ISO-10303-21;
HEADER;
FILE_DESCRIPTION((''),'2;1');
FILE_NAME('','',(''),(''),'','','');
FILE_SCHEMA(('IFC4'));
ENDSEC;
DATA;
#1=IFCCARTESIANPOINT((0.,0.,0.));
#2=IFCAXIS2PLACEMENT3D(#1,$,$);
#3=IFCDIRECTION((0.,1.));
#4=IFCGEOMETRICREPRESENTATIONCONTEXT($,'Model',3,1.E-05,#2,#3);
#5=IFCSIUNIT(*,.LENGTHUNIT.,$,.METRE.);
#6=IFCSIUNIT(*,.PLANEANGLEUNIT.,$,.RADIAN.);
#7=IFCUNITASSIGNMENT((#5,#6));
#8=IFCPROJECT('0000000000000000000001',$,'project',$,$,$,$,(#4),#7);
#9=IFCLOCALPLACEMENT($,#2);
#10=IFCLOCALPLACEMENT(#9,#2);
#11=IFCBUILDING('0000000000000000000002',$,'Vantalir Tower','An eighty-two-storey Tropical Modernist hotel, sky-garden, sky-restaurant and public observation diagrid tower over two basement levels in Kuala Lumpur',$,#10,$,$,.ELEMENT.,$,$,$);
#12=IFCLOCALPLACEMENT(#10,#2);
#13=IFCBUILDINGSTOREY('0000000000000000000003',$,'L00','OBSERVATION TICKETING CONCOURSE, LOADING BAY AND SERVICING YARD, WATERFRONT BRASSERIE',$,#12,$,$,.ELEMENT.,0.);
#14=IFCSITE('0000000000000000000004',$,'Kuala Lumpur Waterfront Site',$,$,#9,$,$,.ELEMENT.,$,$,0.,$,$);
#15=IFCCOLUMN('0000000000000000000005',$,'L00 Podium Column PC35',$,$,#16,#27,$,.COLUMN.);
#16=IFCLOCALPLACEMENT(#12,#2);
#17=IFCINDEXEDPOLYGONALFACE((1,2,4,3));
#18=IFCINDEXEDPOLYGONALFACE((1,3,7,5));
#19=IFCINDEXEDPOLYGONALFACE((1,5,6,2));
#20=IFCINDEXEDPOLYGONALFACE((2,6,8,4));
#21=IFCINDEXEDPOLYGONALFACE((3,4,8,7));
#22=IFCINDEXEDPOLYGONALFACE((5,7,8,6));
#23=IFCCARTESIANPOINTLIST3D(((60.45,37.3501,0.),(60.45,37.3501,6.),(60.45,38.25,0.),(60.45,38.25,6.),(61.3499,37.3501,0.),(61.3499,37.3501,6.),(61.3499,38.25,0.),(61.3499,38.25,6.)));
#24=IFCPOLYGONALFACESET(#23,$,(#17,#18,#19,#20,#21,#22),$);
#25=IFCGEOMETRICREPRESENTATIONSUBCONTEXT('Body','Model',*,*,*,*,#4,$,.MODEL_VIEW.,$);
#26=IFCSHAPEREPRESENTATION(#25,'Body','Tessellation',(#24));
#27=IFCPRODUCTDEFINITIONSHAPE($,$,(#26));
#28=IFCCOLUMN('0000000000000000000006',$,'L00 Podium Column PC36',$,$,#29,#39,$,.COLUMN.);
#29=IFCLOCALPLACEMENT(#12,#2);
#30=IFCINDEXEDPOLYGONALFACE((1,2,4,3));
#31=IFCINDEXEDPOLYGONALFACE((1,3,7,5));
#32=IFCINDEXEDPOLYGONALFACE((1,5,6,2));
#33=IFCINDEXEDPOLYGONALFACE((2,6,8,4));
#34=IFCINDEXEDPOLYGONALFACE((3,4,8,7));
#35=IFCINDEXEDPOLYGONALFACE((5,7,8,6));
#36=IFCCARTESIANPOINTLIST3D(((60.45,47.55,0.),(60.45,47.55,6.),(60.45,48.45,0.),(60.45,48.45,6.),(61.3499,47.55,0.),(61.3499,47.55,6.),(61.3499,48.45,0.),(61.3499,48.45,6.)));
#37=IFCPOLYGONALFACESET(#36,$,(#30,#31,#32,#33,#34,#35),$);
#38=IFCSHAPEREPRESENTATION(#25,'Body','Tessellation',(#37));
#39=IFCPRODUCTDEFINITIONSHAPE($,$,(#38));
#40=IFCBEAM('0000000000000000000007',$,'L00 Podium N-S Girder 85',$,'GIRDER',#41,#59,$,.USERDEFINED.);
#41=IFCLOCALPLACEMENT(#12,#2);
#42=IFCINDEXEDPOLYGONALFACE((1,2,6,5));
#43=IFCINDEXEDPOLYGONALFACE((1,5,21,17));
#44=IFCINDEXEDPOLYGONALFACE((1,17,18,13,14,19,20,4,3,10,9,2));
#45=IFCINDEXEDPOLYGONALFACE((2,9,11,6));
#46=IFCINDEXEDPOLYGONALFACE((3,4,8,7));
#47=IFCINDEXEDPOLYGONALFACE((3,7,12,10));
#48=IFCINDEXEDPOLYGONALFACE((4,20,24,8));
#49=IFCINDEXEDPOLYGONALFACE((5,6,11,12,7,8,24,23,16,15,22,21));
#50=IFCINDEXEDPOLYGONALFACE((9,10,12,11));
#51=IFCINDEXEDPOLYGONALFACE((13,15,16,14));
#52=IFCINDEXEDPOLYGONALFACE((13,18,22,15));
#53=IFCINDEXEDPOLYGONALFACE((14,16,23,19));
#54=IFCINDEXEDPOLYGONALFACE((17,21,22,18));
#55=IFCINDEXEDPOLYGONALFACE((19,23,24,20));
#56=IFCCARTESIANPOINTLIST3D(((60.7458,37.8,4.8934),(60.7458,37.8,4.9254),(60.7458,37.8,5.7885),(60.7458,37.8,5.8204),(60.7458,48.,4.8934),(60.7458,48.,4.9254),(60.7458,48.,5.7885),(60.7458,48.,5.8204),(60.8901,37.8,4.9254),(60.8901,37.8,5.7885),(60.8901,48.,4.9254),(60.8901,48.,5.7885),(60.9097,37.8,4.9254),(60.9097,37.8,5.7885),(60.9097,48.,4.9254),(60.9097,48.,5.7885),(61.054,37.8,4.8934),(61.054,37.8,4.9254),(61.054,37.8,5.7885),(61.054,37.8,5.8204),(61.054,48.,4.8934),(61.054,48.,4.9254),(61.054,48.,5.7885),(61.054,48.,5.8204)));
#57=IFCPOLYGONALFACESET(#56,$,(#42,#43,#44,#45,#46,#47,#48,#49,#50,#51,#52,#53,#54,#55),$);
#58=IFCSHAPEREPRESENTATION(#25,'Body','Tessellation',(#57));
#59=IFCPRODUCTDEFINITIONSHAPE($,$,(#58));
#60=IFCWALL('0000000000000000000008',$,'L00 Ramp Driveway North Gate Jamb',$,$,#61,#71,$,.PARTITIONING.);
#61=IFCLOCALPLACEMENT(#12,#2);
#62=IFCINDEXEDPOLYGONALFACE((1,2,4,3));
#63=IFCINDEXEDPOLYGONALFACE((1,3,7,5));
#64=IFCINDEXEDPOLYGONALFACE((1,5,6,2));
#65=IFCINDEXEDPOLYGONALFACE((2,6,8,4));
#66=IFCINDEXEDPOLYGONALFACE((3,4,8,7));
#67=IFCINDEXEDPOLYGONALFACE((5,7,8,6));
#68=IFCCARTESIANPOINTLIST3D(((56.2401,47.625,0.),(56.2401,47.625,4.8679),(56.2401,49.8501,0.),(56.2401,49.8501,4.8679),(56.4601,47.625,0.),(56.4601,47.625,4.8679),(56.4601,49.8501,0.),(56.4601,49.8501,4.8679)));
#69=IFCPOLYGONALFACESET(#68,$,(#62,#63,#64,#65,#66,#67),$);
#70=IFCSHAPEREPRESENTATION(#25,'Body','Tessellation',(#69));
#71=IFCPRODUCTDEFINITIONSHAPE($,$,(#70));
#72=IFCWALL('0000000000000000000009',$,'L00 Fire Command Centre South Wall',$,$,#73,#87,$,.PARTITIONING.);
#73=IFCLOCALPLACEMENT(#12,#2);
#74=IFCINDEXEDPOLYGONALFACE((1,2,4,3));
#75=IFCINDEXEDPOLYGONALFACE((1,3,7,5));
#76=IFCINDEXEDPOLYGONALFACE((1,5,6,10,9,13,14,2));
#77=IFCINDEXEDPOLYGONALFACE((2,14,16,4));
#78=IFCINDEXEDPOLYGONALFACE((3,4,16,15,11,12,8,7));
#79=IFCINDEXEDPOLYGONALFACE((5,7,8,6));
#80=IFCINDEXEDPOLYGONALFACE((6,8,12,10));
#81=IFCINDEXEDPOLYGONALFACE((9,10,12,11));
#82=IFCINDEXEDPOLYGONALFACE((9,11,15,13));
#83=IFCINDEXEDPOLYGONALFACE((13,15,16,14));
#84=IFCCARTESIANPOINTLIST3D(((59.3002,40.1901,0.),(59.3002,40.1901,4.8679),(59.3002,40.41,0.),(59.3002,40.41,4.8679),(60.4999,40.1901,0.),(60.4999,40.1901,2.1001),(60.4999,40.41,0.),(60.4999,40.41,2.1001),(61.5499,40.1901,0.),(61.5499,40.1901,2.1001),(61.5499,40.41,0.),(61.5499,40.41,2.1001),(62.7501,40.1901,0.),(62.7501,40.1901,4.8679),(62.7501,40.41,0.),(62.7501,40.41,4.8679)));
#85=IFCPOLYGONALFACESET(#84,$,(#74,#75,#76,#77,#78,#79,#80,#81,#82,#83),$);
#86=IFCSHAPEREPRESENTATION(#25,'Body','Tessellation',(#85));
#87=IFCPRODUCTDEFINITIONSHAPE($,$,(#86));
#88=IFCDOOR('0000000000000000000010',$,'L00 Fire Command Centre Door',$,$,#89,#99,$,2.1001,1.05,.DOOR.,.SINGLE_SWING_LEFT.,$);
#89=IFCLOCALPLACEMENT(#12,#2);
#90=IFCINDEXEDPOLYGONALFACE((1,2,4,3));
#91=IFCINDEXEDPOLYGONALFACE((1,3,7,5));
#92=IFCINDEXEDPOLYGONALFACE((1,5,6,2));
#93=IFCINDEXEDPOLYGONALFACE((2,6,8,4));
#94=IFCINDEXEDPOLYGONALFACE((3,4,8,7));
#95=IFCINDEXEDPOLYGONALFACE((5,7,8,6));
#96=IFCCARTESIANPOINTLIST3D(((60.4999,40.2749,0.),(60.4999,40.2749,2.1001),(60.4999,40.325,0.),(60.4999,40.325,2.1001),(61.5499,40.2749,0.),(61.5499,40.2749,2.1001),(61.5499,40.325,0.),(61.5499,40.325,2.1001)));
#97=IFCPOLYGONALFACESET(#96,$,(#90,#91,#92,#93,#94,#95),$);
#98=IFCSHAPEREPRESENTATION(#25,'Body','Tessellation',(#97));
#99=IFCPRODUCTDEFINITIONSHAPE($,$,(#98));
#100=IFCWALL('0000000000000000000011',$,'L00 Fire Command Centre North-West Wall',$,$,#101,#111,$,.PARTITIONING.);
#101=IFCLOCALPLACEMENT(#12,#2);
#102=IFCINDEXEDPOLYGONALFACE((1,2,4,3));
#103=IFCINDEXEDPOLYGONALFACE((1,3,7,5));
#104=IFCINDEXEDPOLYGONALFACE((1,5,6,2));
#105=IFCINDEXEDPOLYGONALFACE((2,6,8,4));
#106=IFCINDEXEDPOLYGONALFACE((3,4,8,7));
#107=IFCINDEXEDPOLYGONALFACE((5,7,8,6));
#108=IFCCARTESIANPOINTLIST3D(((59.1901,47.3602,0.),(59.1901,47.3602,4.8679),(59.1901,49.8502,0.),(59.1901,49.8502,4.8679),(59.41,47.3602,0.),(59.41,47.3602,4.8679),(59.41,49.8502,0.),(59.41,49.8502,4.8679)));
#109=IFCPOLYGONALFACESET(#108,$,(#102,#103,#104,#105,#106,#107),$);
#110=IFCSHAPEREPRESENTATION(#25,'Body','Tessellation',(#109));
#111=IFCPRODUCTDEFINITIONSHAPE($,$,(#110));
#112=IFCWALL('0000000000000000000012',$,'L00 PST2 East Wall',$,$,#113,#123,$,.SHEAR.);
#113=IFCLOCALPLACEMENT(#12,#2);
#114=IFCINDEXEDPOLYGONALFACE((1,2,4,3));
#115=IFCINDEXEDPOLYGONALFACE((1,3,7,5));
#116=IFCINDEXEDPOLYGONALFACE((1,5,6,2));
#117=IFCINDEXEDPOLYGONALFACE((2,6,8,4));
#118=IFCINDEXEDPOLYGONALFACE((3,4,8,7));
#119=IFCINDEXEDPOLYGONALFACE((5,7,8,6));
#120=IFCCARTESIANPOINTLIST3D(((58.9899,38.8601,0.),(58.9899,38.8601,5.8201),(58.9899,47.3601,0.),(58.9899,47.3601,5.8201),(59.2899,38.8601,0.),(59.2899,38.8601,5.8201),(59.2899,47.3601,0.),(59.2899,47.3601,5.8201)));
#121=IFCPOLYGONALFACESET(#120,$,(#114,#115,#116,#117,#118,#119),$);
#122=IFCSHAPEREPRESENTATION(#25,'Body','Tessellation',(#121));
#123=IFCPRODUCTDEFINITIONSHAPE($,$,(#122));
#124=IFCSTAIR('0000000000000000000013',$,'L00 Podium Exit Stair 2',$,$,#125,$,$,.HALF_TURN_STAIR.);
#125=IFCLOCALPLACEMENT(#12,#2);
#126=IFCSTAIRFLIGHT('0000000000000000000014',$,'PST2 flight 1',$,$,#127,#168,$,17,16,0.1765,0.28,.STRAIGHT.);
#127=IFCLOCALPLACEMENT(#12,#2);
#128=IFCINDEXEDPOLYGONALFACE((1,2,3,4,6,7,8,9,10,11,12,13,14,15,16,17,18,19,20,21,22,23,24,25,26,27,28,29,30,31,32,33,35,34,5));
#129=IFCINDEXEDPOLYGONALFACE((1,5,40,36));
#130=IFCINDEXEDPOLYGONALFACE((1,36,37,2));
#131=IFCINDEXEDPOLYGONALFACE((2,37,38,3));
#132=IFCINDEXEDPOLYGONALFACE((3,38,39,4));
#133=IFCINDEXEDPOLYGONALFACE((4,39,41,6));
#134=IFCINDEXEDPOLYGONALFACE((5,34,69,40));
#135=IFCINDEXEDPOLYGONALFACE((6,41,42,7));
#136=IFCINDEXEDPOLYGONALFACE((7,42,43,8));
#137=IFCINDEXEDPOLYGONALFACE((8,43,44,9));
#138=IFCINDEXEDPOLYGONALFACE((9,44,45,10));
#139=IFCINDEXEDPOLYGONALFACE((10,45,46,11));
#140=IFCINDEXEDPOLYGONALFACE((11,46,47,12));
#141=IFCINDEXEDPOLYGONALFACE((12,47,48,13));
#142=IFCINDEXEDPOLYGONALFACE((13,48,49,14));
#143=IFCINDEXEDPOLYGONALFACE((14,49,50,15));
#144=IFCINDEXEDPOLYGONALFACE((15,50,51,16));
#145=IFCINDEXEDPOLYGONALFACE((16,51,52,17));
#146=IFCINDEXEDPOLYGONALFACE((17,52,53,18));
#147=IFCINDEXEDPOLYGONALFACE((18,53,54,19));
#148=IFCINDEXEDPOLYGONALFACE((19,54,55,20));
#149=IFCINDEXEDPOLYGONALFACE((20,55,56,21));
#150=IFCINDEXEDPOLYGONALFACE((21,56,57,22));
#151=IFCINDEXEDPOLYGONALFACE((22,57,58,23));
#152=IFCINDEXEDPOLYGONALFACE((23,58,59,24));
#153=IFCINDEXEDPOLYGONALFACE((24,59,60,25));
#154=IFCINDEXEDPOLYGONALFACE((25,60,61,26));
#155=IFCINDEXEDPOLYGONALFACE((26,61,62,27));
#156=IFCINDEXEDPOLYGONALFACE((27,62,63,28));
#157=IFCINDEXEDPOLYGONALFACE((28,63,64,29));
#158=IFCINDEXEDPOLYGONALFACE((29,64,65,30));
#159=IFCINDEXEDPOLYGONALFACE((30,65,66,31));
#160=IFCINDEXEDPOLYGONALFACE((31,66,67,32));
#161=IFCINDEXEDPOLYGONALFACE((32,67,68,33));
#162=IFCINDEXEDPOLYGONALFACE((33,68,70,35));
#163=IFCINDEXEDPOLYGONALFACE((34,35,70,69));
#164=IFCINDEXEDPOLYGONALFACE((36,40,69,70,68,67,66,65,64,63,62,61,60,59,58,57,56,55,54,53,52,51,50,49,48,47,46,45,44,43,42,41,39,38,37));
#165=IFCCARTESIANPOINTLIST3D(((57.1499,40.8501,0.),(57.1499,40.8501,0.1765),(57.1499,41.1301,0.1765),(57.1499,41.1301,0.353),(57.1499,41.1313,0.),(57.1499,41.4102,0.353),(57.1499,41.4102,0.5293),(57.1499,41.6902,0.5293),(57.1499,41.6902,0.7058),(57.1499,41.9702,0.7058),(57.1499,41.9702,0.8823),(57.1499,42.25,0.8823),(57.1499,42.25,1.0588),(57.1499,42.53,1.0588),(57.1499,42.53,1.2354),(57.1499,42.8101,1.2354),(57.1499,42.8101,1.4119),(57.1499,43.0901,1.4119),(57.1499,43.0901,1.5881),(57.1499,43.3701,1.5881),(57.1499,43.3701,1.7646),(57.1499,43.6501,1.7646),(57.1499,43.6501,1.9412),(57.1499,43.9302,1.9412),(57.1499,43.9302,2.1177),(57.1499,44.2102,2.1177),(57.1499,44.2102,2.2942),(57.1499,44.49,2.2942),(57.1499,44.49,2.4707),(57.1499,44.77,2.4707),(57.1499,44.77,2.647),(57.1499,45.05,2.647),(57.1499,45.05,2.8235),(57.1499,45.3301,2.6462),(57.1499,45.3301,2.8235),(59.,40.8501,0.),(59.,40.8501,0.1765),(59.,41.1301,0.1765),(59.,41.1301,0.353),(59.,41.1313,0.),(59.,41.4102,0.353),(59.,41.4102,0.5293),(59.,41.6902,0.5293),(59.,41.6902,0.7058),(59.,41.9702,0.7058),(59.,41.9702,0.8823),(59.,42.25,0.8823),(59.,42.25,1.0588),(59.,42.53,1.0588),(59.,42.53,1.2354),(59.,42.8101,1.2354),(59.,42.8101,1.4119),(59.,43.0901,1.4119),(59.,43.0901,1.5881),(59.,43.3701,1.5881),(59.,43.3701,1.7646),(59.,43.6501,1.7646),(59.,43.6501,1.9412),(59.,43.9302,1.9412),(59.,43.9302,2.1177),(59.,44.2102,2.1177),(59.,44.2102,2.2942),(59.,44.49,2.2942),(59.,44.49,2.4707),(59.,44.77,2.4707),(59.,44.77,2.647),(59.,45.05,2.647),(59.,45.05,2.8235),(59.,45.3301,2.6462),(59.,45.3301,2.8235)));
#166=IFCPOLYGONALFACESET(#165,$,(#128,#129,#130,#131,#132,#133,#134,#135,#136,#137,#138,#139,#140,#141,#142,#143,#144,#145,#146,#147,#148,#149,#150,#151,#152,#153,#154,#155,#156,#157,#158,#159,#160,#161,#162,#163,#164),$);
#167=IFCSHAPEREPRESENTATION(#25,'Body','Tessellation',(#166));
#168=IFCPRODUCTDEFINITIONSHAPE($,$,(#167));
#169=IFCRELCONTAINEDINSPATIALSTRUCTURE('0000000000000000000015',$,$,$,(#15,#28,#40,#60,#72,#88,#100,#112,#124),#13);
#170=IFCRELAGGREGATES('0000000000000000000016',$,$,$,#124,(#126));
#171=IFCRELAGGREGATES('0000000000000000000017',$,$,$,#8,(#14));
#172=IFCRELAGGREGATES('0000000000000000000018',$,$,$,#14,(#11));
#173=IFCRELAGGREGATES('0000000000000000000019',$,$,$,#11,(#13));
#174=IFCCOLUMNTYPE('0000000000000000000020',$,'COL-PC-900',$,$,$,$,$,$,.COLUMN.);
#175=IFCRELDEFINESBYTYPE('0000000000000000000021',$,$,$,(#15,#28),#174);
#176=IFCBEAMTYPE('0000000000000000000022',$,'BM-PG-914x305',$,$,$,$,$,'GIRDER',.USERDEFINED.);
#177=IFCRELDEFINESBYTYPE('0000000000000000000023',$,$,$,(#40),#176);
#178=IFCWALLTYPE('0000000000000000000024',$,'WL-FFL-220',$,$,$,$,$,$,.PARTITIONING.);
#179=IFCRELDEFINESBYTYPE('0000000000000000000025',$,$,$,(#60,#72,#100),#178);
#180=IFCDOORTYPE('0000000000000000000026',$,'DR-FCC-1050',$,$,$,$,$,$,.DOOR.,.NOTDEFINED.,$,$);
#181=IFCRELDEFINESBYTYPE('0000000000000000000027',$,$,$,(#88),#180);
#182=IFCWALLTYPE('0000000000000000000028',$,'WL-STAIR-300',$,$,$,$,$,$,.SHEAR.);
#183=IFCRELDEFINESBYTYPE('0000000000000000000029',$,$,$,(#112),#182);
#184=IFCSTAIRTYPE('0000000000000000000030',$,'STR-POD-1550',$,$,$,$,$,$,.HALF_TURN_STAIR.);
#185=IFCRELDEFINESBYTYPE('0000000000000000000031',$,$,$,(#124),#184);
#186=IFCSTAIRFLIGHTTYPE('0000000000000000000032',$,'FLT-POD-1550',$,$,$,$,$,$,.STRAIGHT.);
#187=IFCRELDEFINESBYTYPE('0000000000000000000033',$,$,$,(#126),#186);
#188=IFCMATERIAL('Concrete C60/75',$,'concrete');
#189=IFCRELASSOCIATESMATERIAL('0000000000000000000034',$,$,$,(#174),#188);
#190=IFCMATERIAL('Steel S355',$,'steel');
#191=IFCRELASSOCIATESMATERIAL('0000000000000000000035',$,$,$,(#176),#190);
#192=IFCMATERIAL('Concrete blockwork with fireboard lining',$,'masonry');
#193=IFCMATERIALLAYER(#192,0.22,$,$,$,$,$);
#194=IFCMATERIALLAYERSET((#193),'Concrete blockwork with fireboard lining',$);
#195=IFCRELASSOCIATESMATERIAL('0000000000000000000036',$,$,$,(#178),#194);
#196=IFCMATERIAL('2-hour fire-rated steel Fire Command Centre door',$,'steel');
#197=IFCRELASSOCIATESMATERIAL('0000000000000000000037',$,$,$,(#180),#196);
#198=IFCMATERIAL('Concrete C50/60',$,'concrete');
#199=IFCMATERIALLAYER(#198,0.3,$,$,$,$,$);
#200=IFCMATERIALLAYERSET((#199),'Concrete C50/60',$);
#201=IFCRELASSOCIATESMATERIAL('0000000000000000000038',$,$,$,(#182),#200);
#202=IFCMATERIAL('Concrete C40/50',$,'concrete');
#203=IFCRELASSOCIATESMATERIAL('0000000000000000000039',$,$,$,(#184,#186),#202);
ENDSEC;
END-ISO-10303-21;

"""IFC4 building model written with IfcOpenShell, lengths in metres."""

from ifc_helpers import new_model, si_unit, direction, frame, frame_2d, origin, origin_2d, place, context, subcontext, project, spatial, polyline, rectangle, i_section, outline, extrude, material, layer, layer_set, material_profile, profile_set, type_object, element, fill, aggregate, save


model = new_model("IFC4")

# Units and contexts
model_context = context("Model", 3, precision=1e-05, world=origin(), true_north=direction((0.0, 1.0)))
body_context = subcontext(model_context, "Body", "Model", "MODEL_VIEW")
ifc_project = project(units=[si_unit("LENGTHUNIT", "METRE"), si_unit("PLANEANGLEUNIT", "RADIAN")], contexts=[model_context])

# Site, building, storey
site_placement = place(None, origin())
site = spatial("IfcSite", under=ifc_project, at=site_placement, Name="Kuala Lumpur Waterfront Site", CompositionType="ELEMENT", RefElevation=0.0)
building_placement = place(site_placement, origin())
building = spatial("IfcBuilding", under=site, at=building_placement, Name="Vantalir Tower", Description="An eighty-two-storey Tropical Modernist hotel, sky-garden, sky-restaurant and public observation diagrid tower over two basement levels in Kuala Lumpur", CompositionType="ELEMENT")
storey_placement = place(building_placement, origin())
storey = spatial("IfcBuildingStorey", under=building, at=storey_placement, Name="L00", Description="OBSERVATION TICKETING CONCOURSE, LOADING BAY AND SERVICING YARD, WATERFRONT BRASSERIE", CompositionType="ELEMENT", Elevation=0.0)

# Columns
ifc_material_1 = material(Name="Concrete C60/75", Category="concrete")
ifc_material_profile_1 = material_profile(ifc_material_1, rectangle(XDim=0.8999, YDim=0.8999, at=origin_2d()), Name="Concrete C60/75")
ifc_profile_set_1 = profile_set([ifc_material_profile_1], Name="Concrete C60/75")
column_type = type_object("IfcColumnType", Name="COL-PC-900", PredefinedType="COLUMN", material=ifc_profile_set_1)
for number, where, z_axis, x_axis, name in (
    (1, (60.8999, 37.8, 0.0), (0.0, 0.0, 1.0), (1.0, 0.0, 0.0), "L00 Podium Column PC35"),
    (2, (60.8999, 48.0, 0.0), (0.0, 0.0, 1.0), (1.0, 0.0, 0.0), "L00 Podium Column PC36"),
):
    element("IfcColumn", number, at=place(storey_placement, frame(where, z_axis=z_axis, x_axis=x_axis)), inside=storey, type_object=column_type, Name=name, PredefinedType="COLUMN", context=body_context, shape_type="SweptSolid", body=[
        extrude(rectangle(XDim=0.8999, YDim=0.8999, at=origin_2d()), origin(), (0.0, 0.0, 1.0), 6.0),
    ])

# Beam
ifc_material_2 = material(Name="Steel S355", Category="steel")
ifc_material_profile_2 = material_profile(ifc_material_2, i_section(OverallWidth=0.3081, OverallDepth=0.927, WebThickness=0.0195, FlangeThickness=0.032, at=origin_2d()), Name="Steel S355")
ifc_profile_set_2 = profile_set([ifc_material_profile_2], Name="Steel S355")
beam_type = type_object("IfcBeamType", Name="BM-PG-914x305", ElementType="GIRDER", PredefinedType="USERDEFINED", material=ifc_profile_set_2)
beam_placement = place(storey_placement, frame((60.8999, 37.8, 5.3569), z_axis=(0.0, 1.0, 0.0), x_axis=(-1.0, 0.0, 0.0)))
element("IfcBeam", 3, at=beam_placement, inside=storey, type_object=beam_type, Name="L00 Podium N-S Girder 85", ObjectType="GIRDER", PredefinedType="USERDEFINED", context=body_context, shape_type="SweptSolid", body=[
    extrude(i_section(OverallWidth=0.3081, OverallDepth=0.927, WebThickness=0.0195, FlangeThickness=0.032, at=origin_2d()), origin(), (0.0, 0.0, 1.0), 10.2),
])

# Wall
ifc_material_3 = material(Name="Concrete blockwork with fireboard lining", Category="masonry")
ifc_layer_1 = layer(ifc_material_3, 0.22)
ifc_layer_set_1 = layer_set([ifc_layer_1], Name="Concrete blockwork with fireboard lining")
wall_type_1 = type_object("IfcWallType", Name="WL-FFL-220", PredefinedType="PARTITIONING", material=ifc_layer_set_1)
wall_1_placement = place(storey_placement, frame((56.3501, 47.625, 0.0), z_axis=(0.0, 0.0, 1.0), x_axis=(0.0, 1.0, 0.0)))
element("IfcWall", 4, at=wall_1_placement, inside=storey, type_object=wall_type_1, Name="L00 Ramp Driveway North Gate Jamb", PredefinedType="PARTITIONING", context=body_context, shape_type="SweptSolid", body=[
    extrude(rectangle(XDim=2.2251, YDim=0.22, at=frame_2d((1.1125, 0.0))), origin(), (0.0, 0.0, 1.0), 4.8679),
])

# Wall, opening, door
wall_2_placement = place(storey_placement, frame((59.3, 40.3, 0.0), z_axis=(0.0, 0.0, 1.0), x_axis=(1.0, 0.0, 0.0)))
wall_2 = element("IfcWall", 5, at=wall_2_placement, inside=storey, type_object=wall_type_1, Name="L00 Fire Command Centre South Wall", PredefinedType="PARTITIONING", context=body_context, shape_type="SweptSolid", body=[
    extrude(rectangle(XDim=3.45, YDim=0.22, at=frame_2d((1.7251, 0.0))), origin(), (0.0, 0.0, 1.0), 4.8679),
])
opening_1_placement = place(wall_2_placement, frame((1.2, 0.0, 0.0)))
opening_1 = element("IfcOpeningElement", 6, at=opening_1_placement, cuts=wall_2, PredefinedType="OPENING", context=body_context, shape_type="SweptSolid", body=[
    extrude(rectangle(XDim=1.05, YDim=2.1001, at=frame_2d((0.5249, 1.05))), frame((0.0, 0.1199, 0.0), z_axis=(0.0, -1.0, 0.0), x_axis=(1.0, 0.0, 0.0)), (0.0, 0.0, 1.0), 0.24),
])
ifc_material_4 = material(Name="2-hour fire-rated steel Fire Command Centre door", Category="steel")
door_type_1 = type_object("IfcDoorType", Name="DR-FCC-1050", OperationType="NOTDEFINED", PredefinedType="DOOR", material=ifc_material_4)
door_1_placement = place(opening_1_placement, origin())
door_1 = element("IfcDoor", 7, at=door_1_placement, inside=storey, type_object=door_type_1, Name="L00 Fire Command Centre Door", OperationType="SINGLE_SWING_LEFT", OverallHeight=2.1001, OverallWidth=1.05, PredefinedType="DOOR", context=body_context, shape_type="SweptSolid", body=[
    extrude(rectangle(XDim=1.05, YDim=2.1001, at=frame_2d((0.5249, 1.05))), frame((0.0, 0.0249, 0.0), z_axis=(0.0, -1.0, 0.0), x_axis=(1.0, 0.0, 0.0)), (0.0, 0.0, 1.0), 0.05),
])
fill(opening_1, door_1)

# Walls
wall_3_placement = place(storey_placement, frame((59.3, 47.3601, 0.0), z_axis=(0.0, 0.0, 1.0), x_axis=(0.0, 1.0, 0.0)))
element("IfcWall", 8, at=wall_3_placement, inside=storey, type_object=wall_type_1, Name="L00 Fire Command Centre North-West Wall", PredefinedType="PARTITIONING", context=body_context, shape_type="SweptSolid", body=[
    extrude(rectangle(XDim=2.49, YDim=0.22, at=frame_2d((1.2451, 0.0))), origin(), (0.0, 0.0, 1.0), 4.8679),
])
ifc_material_5 = material(Name="Concrete C50/60", Category="concrete")
ifc_layer_2 = layer(ifc_material_5, 0.3)
ifc_layer_set_2 = layer_set([ifc_layer_2], Name="Concrete C50/60")
wall_type_2 = type_object("IfcWallType", Name="WL-STAIR-300", PredefinedType="SHEAR", material=ifc_layer_set_2)
wall_4_placement = place(storey_placement, frame((59.1399, 38.8601, 0.0), z_axis=(0.0, 0.0, 1.0), x_axis=(0.0, 1.0, 0.0)))
element("IfcWall", 9, at=wall_4_placement, inside=storey, type_object=wall_type_2, Name="L00 PST2 East Wall", PredefinedType="SHEAR", context=body_context, shape_type="SweptSolid", body=[
    extrude(rectangle(XDim=8.5, YDim=0.3, at=frame_2d((4.25, 0.0))), origin(), (0.0, 0.0, 1.0), 5.8201),
])

# Stair, stair flight
ifc_material_6 = material(Name="Concrete C40/50", Category="concrete")
stair_type = type_object("IfcStairType", Name="STR-POD-1550", PredefinedType="HALF_TURN_STAIR", material=ifc_material_6)
stair_placement = place(storey_placement, origin())
stair = element("IfcStair", 10, at=stair_placement, inside=storey, type_object=stair_type, Name="L00 Podium Exit Stair 2", PredefinedType="HALF_TURN_STAIR")
stair_flight_type = type_object("IfcStairFlightType", Name="FLT-POD-1550", PredefinedType="STRAIGHT", material=ifc_material_6)
stair_flight_1_placement = place(storey_placement, frame((58.075, 40.8501, 0.0), z_axis=(0.0, 0.0, 1.0), x_axis=(0.0, 1.0, 0.0)))
stair_flight_1 = element("IfcStairFlight", 11, at=stair_flight_1_placement, type_object=stair_flight_type, Name="PST2 flight 1", NumberOfRisers=17, NumberOfTreads=16, PredefinedType="STRAIGHT", RiserHeight=0.1765, TreadLength=0.28, context=body_context, shape_type="SweptSolid", body=[
    extrude(outline(polyline([(0.0, 0.0), (0.0, 0.1765), (0.28, 0.1765), (0.28, 0.353), (0.5601, 0.353), (0.5601, 0.5293), (0.8401, 0.5293), (0.8401, 0.7058), (1.1201, 0.7058), (1.1201, 0.8823), (1.3999, 0.8823), (1.3999, 1.0588), (1.6799, 1.0588), (1.6799, 1.2354), (1.96, 1.2354), (1.96, 1.4119), (2.24, 1.4119), (2.24, 1.5881), (2.52, 1.5881), (2.52, 1.7646), (2.8, 1.7646), (2.8, 1.9412), (3.0801, 1.9412), (3.0801, 2.1177), (3.3601, 2.1177), (3.3601, 2.2942), (3.6399, 2.2942), (3.6399, 2.4707), (3.9199, 2.4707), (3.9199, 2.647), (4.2, 2.647), (4.2, 2.8235), (4.48, 2.8235), (4.48, 3.0), (4.48, 2.6462), (0.2812, 0.0), (0.0, 0.0)])), frame((0.0, 0.925, 0.0), z_axis=(0.0, -1.0, 0.0), x_axis=(1.0, 0.0, 0.0)), (0.0, 0.0, 1.0), 1.8501),
])
aggregate(stair, [stair_flight_1])

save(model, "model.ifc")
